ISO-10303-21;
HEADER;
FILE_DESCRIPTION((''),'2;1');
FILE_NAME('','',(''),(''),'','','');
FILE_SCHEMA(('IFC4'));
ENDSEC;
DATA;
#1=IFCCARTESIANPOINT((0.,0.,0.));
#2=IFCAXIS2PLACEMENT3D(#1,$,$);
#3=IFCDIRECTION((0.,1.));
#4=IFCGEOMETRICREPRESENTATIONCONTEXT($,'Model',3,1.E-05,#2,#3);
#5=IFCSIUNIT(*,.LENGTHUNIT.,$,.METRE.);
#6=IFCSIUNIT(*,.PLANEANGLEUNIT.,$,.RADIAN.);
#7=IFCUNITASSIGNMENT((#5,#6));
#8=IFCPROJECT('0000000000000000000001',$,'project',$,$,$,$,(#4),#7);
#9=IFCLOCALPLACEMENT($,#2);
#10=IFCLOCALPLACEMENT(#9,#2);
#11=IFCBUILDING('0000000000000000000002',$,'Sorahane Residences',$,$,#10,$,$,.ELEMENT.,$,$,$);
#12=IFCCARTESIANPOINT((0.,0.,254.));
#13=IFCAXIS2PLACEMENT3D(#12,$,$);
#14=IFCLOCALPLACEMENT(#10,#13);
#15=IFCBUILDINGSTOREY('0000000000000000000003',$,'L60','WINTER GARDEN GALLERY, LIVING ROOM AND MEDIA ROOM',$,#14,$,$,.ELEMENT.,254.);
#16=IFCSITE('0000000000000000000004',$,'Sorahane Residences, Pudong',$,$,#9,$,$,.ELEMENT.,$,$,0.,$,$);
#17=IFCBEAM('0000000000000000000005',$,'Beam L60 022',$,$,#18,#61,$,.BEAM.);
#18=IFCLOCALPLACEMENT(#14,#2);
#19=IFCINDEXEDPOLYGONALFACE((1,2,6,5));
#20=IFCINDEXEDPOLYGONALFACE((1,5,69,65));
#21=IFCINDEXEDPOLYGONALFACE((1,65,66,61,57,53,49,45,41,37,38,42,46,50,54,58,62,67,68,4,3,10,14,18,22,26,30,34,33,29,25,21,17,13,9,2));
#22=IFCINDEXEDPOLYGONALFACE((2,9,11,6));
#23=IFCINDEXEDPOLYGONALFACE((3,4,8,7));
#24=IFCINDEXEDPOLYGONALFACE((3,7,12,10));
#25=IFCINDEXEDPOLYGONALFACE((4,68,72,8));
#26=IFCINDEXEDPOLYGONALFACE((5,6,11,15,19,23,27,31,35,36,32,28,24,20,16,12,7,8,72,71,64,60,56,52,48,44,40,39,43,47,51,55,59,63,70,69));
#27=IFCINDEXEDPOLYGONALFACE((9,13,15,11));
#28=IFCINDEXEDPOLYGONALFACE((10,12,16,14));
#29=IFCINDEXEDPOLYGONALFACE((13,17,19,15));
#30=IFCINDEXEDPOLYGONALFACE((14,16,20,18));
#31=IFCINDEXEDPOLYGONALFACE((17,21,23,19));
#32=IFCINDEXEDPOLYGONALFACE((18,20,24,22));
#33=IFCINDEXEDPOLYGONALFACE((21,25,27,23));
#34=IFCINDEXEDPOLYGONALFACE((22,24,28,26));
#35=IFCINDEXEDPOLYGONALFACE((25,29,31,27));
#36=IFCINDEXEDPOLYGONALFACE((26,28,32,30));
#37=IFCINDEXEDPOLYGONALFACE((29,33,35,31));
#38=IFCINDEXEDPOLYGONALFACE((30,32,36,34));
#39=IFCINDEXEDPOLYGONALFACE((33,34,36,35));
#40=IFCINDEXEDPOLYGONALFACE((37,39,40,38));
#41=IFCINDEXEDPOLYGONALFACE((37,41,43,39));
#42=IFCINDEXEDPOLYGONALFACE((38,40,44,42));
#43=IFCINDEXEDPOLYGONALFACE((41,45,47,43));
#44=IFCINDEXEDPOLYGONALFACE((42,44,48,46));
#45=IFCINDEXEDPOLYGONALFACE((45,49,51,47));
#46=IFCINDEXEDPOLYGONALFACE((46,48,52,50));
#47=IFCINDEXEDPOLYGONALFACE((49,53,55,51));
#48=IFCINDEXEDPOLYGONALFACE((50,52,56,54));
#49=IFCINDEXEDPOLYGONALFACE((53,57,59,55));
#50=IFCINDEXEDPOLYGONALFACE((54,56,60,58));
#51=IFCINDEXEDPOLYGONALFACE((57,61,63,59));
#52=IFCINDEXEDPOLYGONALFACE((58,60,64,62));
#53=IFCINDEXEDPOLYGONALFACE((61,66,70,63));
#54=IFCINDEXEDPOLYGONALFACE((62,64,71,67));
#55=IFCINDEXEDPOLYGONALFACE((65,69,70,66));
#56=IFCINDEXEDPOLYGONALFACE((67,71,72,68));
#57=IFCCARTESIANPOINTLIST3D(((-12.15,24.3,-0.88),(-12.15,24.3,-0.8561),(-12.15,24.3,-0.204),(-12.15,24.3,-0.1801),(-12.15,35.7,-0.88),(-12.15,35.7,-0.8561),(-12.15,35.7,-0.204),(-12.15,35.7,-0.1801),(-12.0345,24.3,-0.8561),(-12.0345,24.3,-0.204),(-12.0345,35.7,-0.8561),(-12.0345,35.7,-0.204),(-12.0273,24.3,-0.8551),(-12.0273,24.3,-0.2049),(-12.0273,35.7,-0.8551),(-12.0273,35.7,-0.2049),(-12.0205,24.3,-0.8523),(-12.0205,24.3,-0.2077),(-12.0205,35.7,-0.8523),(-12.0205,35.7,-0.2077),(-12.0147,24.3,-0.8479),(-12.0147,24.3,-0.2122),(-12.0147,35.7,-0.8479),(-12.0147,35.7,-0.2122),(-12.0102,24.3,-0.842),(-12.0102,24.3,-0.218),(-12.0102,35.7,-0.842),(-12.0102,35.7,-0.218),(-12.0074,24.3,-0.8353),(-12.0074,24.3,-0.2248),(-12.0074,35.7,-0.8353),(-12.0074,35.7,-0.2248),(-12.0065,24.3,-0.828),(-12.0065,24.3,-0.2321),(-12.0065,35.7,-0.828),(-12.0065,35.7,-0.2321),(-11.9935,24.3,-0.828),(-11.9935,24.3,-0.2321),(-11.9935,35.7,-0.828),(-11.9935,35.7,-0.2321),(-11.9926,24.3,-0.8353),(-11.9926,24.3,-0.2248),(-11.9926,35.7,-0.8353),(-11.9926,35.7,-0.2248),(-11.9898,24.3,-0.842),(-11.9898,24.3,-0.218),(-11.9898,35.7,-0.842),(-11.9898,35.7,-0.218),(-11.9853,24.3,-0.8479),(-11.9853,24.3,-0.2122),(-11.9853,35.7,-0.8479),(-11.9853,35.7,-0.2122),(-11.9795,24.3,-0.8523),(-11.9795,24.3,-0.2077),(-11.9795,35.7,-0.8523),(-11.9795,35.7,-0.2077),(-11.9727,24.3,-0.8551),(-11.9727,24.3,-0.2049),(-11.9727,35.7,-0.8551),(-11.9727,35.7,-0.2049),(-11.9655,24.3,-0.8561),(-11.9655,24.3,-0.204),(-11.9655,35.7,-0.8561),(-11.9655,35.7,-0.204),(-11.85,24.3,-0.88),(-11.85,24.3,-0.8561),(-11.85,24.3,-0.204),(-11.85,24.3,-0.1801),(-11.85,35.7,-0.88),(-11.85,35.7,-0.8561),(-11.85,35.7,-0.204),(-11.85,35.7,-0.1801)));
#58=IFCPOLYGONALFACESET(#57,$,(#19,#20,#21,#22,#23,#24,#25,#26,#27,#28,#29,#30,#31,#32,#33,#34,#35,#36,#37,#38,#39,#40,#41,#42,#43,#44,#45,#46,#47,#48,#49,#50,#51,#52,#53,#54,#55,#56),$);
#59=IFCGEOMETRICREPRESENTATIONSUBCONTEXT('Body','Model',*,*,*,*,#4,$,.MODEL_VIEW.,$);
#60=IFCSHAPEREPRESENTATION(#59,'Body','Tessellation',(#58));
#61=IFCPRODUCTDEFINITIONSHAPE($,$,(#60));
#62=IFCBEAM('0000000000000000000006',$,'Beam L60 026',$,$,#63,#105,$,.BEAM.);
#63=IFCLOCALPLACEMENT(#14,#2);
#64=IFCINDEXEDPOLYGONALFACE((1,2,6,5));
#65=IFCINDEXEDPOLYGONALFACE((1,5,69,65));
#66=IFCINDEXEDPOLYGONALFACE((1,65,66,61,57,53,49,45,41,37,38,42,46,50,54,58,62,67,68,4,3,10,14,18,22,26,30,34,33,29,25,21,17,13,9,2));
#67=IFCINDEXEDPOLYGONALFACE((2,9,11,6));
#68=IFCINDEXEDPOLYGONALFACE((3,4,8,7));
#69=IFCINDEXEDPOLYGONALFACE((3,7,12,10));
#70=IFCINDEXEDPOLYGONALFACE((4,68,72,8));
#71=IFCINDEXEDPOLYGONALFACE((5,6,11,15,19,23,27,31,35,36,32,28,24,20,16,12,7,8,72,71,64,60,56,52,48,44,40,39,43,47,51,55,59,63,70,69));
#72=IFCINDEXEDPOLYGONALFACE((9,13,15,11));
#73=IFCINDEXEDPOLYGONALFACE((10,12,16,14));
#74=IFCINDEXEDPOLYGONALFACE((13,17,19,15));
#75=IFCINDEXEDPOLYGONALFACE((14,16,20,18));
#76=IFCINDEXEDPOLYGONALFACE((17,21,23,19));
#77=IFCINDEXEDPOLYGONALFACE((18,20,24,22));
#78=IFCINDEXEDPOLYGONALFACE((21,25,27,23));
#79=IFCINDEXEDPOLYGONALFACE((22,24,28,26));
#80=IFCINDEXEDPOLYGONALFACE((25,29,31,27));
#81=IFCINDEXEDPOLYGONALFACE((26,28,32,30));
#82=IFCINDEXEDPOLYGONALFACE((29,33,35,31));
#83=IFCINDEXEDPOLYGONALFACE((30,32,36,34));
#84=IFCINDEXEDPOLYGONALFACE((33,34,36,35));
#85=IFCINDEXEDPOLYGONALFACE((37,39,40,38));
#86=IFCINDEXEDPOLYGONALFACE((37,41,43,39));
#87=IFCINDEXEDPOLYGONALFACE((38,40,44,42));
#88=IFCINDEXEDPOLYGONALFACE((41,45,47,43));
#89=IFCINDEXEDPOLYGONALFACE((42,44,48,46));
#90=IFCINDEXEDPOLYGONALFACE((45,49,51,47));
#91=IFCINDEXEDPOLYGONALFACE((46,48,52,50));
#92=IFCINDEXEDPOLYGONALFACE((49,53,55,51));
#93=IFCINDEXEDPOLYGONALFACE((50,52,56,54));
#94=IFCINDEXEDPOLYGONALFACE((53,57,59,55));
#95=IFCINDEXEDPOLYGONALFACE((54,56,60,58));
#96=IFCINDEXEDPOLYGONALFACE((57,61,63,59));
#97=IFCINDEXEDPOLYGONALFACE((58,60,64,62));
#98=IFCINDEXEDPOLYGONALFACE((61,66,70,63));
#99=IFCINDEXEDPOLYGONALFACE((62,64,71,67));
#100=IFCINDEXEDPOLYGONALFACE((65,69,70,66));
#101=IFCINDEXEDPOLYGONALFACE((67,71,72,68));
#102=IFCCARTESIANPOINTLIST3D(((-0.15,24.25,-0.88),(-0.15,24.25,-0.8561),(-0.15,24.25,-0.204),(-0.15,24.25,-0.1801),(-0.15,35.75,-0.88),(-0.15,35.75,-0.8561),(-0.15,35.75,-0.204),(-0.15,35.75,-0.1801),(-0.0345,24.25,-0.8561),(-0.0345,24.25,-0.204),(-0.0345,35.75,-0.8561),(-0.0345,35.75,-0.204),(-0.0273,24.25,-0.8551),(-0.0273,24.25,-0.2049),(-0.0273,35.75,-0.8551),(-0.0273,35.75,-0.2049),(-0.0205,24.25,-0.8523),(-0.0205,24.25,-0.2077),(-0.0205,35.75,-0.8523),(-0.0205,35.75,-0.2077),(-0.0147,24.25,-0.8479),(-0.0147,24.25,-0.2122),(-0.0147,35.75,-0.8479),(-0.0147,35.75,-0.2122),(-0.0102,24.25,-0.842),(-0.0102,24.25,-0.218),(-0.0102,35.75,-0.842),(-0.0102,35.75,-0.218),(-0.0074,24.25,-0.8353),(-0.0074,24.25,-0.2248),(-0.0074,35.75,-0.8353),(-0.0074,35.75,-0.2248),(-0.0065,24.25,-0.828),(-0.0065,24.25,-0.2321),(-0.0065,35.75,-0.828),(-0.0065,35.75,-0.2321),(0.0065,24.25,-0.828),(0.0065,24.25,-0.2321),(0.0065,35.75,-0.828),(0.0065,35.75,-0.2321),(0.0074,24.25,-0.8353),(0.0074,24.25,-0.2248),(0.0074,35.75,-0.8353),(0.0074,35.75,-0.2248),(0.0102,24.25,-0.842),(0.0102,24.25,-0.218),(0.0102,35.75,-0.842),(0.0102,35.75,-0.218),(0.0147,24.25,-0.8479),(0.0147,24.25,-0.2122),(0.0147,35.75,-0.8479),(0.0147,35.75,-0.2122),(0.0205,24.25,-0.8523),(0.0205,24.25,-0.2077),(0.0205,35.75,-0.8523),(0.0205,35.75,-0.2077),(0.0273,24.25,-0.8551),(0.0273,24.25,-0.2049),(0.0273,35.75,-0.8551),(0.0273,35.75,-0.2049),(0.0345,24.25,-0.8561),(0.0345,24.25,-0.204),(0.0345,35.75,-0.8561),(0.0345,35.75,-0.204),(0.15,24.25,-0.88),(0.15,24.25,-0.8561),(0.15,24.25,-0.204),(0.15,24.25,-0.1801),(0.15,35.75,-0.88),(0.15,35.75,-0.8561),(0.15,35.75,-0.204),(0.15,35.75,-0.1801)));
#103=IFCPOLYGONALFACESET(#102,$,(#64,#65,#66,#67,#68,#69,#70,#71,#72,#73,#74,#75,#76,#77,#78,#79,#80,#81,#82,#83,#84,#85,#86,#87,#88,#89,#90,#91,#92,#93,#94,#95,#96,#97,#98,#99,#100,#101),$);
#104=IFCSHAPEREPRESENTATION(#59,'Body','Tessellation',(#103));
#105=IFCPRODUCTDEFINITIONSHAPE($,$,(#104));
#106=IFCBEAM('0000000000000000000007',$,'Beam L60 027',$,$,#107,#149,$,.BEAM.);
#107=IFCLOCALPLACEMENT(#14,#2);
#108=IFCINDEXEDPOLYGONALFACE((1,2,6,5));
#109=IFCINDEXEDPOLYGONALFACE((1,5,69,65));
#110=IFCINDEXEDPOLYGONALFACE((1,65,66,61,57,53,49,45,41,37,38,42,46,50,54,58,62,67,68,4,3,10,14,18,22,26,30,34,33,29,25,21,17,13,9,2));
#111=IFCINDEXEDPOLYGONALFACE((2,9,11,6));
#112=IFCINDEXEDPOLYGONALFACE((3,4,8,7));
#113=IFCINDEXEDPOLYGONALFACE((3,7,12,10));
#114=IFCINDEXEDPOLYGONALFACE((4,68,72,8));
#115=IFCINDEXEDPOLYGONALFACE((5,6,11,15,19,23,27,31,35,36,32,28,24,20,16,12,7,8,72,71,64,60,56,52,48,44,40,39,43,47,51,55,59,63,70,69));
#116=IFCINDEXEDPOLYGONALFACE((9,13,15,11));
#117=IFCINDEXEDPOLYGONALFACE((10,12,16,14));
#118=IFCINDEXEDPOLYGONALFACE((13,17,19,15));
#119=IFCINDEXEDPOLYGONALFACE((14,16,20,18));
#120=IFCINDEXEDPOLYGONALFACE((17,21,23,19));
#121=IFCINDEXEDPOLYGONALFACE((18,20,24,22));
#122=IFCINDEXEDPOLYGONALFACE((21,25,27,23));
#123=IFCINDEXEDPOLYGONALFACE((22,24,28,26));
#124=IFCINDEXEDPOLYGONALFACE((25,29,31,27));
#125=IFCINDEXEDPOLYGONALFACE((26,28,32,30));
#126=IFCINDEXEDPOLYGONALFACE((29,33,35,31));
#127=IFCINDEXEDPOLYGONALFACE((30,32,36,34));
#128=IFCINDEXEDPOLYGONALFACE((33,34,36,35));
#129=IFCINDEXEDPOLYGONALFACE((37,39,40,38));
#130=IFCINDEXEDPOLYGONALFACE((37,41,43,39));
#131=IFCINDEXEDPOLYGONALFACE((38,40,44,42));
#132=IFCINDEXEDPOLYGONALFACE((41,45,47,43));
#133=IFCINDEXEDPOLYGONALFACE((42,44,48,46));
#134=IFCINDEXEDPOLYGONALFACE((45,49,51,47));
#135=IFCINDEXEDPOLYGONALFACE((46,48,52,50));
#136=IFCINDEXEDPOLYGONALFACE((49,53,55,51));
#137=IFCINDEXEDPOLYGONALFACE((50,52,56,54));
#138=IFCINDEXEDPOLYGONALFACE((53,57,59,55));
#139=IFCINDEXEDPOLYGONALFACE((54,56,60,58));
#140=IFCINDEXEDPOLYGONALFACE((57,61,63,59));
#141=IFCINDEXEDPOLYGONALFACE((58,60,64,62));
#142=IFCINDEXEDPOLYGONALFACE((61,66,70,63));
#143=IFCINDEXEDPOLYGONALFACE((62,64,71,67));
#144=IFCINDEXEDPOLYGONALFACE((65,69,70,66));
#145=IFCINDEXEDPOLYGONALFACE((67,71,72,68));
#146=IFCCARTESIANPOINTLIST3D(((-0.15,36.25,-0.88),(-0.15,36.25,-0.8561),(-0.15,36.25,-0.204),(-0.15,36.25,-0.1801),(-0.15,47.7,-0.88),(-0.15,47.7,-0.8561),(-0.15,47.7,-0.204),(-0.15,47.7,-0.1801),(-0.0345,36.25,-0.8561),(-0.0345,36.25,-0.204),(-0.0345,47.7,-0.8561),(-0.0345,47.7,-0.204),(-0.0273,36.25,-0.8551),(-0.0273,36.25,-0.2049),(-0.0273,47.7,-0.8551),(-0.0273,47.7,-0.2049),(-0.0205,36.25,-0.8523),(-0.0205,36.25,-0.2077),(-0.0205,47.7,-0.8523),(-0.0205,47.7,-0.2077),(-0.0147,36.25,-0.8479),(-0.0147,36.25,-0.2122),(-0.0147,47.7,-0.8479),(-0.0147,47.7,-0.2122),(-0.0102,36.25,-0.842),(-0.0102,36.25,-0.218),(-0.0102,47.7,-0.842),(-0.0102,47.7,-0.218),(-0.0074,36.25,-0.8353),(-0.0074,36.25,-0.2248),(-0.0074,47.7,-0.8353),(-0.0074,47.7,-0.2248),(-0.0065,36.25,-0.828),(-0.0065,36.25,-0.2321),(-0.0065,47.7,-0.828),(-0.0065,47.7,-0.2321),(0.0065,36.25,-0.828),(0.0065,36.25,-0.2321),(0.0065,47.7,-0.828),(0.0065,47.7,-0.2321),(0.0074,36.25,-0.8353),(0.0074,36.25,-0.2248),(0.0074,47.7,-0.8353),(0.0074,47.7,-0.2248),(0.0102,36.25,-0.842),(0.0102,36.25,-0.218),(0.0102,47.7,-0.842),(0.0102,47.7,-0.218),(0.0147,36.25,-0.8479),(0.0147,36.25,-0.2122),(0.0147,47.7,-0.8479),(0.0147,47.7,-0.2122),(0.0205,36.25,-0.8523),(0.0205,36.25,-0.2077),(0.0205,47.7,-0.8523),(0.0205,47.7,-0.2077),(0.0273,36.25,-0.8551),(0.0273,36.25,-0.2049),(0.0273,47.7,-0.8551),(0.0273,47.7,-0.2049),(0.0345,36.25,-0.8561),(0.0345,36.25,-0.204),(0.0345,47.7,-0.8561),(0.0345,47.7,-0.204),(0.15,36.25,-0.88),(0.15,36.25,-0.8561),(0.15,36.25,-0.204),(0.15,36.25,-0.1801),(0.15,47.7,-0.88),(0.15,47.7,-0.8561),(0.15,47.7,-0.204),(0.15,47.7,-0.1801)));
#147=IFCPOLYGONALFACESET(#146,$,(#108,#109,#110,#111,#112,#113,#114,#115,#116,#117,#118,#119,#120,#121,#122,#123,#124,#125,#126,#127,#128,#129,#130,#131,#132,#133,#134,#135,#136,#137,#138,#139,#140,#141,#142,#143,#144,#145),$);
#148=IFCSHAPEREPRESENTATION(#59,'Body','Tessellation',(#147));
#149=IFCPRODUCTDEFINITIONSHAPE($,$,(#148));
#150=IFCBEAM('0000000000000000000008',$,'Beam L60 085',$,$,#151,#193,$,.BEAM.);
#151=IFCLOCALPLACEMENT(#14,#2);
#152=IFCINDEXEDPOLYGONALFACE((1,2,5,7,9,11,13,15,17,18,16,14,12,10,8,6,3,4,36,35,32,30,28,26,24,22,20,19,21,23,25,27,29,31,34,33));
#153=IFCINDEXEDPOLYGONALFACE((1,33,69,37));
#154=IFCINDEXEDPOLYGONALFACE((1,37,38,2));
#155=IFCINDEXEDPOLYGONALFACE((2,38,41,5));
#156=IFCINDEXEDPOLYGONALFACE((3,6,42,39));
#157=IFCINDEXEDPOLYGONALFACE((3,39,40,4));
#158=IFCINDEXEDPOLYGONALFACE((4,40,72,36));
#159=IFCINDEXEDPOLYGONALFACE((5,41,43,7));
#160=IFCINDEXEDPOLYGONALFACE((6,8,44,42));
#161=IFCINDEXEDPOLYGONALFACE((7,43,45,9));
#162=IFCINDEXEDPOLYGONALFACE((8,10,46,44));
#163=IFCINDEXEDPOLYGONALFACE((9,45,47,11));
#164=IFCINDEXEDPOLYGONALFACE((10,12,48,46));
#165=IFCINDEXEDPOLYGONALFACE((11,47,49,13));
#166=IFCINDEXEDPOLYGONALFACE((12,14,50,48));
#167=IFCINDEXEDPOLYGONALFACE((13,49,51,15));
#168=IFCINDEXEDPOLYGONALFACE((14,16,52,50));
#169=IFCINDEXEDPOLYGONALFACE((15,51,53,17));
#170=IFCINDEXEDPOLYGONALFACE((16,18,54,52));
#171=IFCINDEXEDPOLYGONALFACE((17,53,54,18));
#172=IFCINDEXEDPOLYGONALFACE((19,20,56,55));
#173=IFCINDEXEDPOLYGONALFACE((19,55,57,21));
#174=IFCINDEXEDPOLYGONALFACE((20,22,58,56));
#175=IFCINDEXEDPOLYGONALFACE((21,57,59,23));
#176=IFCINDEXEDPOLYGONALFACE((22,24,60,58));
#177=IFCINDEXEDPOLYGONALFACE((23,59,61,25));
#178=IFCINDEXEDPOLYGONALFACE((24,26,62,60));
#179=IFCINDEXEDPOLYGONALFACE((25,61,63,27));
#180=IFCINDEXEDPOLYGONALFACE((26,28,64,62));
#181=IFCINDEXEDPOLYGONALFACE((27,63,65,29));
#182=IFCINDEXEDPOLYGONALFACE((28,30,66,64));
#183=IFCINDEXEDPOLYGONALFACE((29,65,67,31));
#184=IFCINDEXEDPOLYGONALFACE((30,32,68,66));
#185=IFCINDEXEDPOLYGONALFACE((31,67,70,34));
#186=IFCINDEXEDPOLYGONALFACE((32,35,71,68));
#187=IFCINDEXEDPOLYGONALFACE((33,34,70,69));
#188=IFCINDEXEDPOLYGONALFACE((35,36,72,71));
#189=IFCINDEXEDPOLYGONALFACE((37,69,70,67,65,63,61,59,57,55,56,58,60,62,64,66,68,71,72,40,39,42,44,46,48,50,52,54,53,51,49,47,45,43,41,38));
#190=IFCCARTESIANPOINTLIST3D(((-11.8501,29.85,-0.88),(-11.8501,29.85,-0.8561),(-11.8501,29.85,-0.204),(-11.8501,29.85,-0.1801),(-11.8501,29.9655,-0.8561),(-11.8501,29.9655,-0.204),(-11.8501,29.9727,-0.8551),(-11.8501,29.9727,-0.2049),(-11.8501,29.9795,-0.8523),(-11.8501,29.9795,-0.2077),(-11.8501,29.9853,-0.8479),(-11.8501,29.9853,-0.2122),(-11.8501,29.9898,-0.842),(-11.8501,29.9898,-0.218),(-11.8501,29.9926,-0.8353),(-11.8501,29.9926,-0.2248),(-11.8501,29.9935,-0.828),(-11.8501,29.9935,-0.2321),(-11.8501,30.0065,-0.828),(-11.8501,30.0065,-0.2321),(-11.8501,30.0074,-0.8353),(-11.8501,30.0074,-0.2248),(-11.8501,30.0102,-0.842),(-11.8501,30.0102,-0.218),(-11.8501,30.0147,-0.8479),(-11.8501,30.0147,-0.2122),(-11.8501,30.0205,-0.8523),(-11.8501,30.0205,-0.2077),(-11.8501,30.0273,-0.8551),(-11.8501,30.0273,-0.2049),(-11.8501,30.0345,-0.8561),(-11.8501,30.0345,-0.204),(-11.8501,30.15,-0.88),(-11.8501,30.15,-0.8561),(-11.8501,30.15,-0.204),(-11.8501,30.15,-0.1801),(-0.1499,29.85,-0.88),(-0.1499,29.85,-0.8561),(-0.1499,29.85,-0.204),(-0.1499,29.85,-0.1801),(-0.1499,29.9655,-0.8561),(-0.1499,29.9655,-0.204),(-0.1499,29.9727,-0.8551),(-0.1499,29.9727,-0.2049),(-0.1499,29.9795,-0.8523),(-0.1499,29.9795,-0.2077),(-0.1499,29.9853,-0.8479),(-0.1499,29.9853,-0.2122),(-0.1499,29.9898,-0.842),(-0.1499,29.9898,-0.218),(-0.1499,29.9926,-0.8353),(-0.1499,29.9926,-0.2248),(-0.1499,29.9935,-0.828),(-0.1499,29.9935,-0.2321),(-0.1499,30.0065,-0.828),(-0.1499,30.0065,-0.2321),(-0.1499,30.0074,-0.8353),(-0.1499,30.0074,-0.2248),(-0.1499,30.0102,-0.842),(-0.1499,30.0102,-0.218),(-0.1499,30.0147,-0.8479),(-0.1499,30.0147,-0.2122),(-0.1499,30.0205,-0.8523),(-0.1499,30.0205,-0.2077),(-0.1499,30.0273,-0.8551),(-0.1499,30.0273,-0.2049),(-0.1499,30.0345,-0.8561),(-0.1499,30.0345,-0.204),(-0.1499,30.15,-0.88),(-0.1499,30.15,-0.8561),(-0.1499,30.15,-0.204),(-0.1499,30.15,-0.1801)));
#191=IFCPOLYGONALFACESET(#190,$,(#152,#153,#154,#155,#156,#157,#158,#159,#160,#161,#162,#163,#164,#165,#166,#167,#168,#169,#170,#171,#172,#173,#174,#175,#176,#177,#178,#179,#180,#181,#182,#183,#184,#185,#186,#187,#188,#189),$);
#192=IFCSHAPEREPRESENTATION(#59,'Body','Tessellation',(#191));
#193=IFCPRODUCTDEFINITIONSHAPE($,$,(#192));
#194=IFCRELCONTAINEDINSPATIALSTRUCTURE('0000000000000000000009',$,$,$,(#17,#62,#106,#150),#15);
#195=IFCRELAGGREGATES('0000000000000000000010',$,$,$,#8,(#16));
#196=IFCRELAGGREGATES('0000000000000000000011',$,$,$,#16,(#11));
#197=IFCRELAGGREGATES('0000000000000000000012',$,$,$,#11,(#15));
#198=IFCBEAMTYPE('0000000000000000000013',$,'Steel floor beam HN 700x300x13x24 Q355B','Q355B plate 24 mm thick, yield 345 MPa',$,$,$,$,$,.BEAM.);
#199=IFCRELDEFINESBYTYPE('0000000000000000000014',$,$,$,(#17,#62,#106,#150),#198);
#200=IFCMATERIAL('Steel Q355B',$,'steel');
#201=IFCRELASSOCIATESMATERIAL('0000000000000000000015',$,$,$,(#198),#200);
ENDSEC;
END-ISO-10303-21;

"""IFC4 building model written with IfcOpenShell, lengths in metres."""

from ifc_helpers import new_model, si_unit, direction, frame, origin, origin_2d, place, context, subcontext, project, spatial, i_section, extrude, material, material_profile, profile_set, type_object, element, save


model = new_model("IFC4")

# Units and contexts
model_context = context("Model", 3, precision=1e-05, world=origin(), true_north=direction((0.0, 1.0)))
body_context = subcontext(model_context, "Body", "Model", "MODEL_VIEW")
ifc_project = project(units=[si_unit("LENGTHUNIT", "METRE"), si_unit("PLANEANGLEUNIT", "RADIAN")], contexts=[model_context])

# Site, building, storey
site_placement = place(None, origin())
site = spatial("IfcSite", under=ifc_project, at=site_placement, Name="Sorahane Residences, Pudong", CompositionType="ELEMENT", RefElevation=0.0)
building_placement = place(site_placement, origin())
building = spatial("IfcBuilding", under=site, at=building_placement, Name="Sorahane Residences", CompositionType="ELEMENT")
storey_placement = place(building_placement, frame((0.0, 0.0, 254.0)))
storey = spatial("IfcBuildingStorey", under=building, at=storey_placement, Name="L60", Description="WINTER GARDEN GALLERY, LIVING ROOM AND MEDIA ROOM", CompositionType="ELEMENT", Elevation=254.0)

# Beams
ifc_material_1 = material(Name="Steel Q355B", Category="steel")
ifc_material_profile_1 = material_profile(ifc_material_1, i_section(OverallWidth=0.3, OverallDepth=0.7, WebThickness=0.0129, FlangeThickness=0.0239, FilletRadius=0.0281, at=origin_2d()), Name="HN 700x300x13x24")
ifc_profile_set_1 = profile_set([ifc_material_profile_1], Name="Steel Q355B")
beam_type_1 = type_object("IfcBeamType", Name="Steel floor beam HN 700x300x13x24 Q355B", Description="Q355B plate 24 mm thick, yield 345 MPa", PredefinedType="BEAM", material=ifc_profile_set_1)
beam_1_placement = place(storey_placement, frame((-12.0, 24.3, -0.53), z_axis=(0.0, 1.0, 0.0), x_axis=(-1.0, 0.0, 0.0)))
element("IfcBeam", 1, at=beam_1_placement, inside=storey, type_object=beam_type_1, Name="Beam L60 022", PredefinedType="BEAM", context=body_context, shape_type="SweptSolid", body=[
    extrude(i_section(OverallWidth=0.3, OverallDepth=0.7, WebThickness=0.0129, FlangeThickness=0.0239, FilletRadius=0.0281, at=origin_2d()), origin(), (0.0, 0.0, 1.0), 11.3999),
])
beam_2_placement = place(storey_placement, frame((0.0, 24.25, -0.53), z_axis=(0.0, 1.0, 0.0), x_axis=(-1.0, 0.0, 0.0)))
element("IfcBeam", 2, at=beam_2_placement, inside=storey, type_object=beam_type_1, Name="Beam L60 026", PredefinedType="BEAM", context=body_context, shape_type="SweptSolid", body=[
    extrude(i_section(OverallWidth=0.3, OverallDepth=0.7, WebThickness=0.0129, FlangeThickness=0.0239, FilletRadius=0.0281, at=origin_2d()), origin(), (0.0, 0.0, 1.0), 11.5),
])
beam_3_placement = place(storey_placement, frame((0.0, 36.25, -0.53), z_axis=(0.0, 1.0, 0.0), x_axis=(-1.0, 0.0, 0.0)))
element("IfcBeam", 3, at=beam_3_placement, inside=storey, type_object=beam_type_1, Name="Beam L60 027", PredefinedType="BEAM", context=body_context, shape_type="SweptSolid", body=[
    extrude(i_section(OverallWidth=0.3, OverallDepth=0.7, WebThickness=0.0129, FlangeThickness=0.0239, FilletRadius=0.0281, at=origin_2d()), origin(), (0.0, 0.0, 1.0), 11.45),
])
beam_4_placement = place(storey_placement, frame((-11.8501, 30.0, -0.53), z_axis=(1.0, 0.0, 0.0), x_axis=(0.0, 1.0, 0.0)))
element("IfcBeam", 4, at=beam_4_placement, inside=storey, type_object=beam_type_1, Name="Beam L60 085", PredefinedType="BEAM", context=body_context, shape_type="SweptSolid", body=[
    extrude(i_section(OverallWidth=0.3, OverallDepth=0.7, WebThickness=0.0129, FlangeThickness=0.0239, FilletRadius=0.0281, at=origin_2d()), origin(), (0.0, 0.0, 1.0), 11.7002),
])

save(model, "model.ifc")
